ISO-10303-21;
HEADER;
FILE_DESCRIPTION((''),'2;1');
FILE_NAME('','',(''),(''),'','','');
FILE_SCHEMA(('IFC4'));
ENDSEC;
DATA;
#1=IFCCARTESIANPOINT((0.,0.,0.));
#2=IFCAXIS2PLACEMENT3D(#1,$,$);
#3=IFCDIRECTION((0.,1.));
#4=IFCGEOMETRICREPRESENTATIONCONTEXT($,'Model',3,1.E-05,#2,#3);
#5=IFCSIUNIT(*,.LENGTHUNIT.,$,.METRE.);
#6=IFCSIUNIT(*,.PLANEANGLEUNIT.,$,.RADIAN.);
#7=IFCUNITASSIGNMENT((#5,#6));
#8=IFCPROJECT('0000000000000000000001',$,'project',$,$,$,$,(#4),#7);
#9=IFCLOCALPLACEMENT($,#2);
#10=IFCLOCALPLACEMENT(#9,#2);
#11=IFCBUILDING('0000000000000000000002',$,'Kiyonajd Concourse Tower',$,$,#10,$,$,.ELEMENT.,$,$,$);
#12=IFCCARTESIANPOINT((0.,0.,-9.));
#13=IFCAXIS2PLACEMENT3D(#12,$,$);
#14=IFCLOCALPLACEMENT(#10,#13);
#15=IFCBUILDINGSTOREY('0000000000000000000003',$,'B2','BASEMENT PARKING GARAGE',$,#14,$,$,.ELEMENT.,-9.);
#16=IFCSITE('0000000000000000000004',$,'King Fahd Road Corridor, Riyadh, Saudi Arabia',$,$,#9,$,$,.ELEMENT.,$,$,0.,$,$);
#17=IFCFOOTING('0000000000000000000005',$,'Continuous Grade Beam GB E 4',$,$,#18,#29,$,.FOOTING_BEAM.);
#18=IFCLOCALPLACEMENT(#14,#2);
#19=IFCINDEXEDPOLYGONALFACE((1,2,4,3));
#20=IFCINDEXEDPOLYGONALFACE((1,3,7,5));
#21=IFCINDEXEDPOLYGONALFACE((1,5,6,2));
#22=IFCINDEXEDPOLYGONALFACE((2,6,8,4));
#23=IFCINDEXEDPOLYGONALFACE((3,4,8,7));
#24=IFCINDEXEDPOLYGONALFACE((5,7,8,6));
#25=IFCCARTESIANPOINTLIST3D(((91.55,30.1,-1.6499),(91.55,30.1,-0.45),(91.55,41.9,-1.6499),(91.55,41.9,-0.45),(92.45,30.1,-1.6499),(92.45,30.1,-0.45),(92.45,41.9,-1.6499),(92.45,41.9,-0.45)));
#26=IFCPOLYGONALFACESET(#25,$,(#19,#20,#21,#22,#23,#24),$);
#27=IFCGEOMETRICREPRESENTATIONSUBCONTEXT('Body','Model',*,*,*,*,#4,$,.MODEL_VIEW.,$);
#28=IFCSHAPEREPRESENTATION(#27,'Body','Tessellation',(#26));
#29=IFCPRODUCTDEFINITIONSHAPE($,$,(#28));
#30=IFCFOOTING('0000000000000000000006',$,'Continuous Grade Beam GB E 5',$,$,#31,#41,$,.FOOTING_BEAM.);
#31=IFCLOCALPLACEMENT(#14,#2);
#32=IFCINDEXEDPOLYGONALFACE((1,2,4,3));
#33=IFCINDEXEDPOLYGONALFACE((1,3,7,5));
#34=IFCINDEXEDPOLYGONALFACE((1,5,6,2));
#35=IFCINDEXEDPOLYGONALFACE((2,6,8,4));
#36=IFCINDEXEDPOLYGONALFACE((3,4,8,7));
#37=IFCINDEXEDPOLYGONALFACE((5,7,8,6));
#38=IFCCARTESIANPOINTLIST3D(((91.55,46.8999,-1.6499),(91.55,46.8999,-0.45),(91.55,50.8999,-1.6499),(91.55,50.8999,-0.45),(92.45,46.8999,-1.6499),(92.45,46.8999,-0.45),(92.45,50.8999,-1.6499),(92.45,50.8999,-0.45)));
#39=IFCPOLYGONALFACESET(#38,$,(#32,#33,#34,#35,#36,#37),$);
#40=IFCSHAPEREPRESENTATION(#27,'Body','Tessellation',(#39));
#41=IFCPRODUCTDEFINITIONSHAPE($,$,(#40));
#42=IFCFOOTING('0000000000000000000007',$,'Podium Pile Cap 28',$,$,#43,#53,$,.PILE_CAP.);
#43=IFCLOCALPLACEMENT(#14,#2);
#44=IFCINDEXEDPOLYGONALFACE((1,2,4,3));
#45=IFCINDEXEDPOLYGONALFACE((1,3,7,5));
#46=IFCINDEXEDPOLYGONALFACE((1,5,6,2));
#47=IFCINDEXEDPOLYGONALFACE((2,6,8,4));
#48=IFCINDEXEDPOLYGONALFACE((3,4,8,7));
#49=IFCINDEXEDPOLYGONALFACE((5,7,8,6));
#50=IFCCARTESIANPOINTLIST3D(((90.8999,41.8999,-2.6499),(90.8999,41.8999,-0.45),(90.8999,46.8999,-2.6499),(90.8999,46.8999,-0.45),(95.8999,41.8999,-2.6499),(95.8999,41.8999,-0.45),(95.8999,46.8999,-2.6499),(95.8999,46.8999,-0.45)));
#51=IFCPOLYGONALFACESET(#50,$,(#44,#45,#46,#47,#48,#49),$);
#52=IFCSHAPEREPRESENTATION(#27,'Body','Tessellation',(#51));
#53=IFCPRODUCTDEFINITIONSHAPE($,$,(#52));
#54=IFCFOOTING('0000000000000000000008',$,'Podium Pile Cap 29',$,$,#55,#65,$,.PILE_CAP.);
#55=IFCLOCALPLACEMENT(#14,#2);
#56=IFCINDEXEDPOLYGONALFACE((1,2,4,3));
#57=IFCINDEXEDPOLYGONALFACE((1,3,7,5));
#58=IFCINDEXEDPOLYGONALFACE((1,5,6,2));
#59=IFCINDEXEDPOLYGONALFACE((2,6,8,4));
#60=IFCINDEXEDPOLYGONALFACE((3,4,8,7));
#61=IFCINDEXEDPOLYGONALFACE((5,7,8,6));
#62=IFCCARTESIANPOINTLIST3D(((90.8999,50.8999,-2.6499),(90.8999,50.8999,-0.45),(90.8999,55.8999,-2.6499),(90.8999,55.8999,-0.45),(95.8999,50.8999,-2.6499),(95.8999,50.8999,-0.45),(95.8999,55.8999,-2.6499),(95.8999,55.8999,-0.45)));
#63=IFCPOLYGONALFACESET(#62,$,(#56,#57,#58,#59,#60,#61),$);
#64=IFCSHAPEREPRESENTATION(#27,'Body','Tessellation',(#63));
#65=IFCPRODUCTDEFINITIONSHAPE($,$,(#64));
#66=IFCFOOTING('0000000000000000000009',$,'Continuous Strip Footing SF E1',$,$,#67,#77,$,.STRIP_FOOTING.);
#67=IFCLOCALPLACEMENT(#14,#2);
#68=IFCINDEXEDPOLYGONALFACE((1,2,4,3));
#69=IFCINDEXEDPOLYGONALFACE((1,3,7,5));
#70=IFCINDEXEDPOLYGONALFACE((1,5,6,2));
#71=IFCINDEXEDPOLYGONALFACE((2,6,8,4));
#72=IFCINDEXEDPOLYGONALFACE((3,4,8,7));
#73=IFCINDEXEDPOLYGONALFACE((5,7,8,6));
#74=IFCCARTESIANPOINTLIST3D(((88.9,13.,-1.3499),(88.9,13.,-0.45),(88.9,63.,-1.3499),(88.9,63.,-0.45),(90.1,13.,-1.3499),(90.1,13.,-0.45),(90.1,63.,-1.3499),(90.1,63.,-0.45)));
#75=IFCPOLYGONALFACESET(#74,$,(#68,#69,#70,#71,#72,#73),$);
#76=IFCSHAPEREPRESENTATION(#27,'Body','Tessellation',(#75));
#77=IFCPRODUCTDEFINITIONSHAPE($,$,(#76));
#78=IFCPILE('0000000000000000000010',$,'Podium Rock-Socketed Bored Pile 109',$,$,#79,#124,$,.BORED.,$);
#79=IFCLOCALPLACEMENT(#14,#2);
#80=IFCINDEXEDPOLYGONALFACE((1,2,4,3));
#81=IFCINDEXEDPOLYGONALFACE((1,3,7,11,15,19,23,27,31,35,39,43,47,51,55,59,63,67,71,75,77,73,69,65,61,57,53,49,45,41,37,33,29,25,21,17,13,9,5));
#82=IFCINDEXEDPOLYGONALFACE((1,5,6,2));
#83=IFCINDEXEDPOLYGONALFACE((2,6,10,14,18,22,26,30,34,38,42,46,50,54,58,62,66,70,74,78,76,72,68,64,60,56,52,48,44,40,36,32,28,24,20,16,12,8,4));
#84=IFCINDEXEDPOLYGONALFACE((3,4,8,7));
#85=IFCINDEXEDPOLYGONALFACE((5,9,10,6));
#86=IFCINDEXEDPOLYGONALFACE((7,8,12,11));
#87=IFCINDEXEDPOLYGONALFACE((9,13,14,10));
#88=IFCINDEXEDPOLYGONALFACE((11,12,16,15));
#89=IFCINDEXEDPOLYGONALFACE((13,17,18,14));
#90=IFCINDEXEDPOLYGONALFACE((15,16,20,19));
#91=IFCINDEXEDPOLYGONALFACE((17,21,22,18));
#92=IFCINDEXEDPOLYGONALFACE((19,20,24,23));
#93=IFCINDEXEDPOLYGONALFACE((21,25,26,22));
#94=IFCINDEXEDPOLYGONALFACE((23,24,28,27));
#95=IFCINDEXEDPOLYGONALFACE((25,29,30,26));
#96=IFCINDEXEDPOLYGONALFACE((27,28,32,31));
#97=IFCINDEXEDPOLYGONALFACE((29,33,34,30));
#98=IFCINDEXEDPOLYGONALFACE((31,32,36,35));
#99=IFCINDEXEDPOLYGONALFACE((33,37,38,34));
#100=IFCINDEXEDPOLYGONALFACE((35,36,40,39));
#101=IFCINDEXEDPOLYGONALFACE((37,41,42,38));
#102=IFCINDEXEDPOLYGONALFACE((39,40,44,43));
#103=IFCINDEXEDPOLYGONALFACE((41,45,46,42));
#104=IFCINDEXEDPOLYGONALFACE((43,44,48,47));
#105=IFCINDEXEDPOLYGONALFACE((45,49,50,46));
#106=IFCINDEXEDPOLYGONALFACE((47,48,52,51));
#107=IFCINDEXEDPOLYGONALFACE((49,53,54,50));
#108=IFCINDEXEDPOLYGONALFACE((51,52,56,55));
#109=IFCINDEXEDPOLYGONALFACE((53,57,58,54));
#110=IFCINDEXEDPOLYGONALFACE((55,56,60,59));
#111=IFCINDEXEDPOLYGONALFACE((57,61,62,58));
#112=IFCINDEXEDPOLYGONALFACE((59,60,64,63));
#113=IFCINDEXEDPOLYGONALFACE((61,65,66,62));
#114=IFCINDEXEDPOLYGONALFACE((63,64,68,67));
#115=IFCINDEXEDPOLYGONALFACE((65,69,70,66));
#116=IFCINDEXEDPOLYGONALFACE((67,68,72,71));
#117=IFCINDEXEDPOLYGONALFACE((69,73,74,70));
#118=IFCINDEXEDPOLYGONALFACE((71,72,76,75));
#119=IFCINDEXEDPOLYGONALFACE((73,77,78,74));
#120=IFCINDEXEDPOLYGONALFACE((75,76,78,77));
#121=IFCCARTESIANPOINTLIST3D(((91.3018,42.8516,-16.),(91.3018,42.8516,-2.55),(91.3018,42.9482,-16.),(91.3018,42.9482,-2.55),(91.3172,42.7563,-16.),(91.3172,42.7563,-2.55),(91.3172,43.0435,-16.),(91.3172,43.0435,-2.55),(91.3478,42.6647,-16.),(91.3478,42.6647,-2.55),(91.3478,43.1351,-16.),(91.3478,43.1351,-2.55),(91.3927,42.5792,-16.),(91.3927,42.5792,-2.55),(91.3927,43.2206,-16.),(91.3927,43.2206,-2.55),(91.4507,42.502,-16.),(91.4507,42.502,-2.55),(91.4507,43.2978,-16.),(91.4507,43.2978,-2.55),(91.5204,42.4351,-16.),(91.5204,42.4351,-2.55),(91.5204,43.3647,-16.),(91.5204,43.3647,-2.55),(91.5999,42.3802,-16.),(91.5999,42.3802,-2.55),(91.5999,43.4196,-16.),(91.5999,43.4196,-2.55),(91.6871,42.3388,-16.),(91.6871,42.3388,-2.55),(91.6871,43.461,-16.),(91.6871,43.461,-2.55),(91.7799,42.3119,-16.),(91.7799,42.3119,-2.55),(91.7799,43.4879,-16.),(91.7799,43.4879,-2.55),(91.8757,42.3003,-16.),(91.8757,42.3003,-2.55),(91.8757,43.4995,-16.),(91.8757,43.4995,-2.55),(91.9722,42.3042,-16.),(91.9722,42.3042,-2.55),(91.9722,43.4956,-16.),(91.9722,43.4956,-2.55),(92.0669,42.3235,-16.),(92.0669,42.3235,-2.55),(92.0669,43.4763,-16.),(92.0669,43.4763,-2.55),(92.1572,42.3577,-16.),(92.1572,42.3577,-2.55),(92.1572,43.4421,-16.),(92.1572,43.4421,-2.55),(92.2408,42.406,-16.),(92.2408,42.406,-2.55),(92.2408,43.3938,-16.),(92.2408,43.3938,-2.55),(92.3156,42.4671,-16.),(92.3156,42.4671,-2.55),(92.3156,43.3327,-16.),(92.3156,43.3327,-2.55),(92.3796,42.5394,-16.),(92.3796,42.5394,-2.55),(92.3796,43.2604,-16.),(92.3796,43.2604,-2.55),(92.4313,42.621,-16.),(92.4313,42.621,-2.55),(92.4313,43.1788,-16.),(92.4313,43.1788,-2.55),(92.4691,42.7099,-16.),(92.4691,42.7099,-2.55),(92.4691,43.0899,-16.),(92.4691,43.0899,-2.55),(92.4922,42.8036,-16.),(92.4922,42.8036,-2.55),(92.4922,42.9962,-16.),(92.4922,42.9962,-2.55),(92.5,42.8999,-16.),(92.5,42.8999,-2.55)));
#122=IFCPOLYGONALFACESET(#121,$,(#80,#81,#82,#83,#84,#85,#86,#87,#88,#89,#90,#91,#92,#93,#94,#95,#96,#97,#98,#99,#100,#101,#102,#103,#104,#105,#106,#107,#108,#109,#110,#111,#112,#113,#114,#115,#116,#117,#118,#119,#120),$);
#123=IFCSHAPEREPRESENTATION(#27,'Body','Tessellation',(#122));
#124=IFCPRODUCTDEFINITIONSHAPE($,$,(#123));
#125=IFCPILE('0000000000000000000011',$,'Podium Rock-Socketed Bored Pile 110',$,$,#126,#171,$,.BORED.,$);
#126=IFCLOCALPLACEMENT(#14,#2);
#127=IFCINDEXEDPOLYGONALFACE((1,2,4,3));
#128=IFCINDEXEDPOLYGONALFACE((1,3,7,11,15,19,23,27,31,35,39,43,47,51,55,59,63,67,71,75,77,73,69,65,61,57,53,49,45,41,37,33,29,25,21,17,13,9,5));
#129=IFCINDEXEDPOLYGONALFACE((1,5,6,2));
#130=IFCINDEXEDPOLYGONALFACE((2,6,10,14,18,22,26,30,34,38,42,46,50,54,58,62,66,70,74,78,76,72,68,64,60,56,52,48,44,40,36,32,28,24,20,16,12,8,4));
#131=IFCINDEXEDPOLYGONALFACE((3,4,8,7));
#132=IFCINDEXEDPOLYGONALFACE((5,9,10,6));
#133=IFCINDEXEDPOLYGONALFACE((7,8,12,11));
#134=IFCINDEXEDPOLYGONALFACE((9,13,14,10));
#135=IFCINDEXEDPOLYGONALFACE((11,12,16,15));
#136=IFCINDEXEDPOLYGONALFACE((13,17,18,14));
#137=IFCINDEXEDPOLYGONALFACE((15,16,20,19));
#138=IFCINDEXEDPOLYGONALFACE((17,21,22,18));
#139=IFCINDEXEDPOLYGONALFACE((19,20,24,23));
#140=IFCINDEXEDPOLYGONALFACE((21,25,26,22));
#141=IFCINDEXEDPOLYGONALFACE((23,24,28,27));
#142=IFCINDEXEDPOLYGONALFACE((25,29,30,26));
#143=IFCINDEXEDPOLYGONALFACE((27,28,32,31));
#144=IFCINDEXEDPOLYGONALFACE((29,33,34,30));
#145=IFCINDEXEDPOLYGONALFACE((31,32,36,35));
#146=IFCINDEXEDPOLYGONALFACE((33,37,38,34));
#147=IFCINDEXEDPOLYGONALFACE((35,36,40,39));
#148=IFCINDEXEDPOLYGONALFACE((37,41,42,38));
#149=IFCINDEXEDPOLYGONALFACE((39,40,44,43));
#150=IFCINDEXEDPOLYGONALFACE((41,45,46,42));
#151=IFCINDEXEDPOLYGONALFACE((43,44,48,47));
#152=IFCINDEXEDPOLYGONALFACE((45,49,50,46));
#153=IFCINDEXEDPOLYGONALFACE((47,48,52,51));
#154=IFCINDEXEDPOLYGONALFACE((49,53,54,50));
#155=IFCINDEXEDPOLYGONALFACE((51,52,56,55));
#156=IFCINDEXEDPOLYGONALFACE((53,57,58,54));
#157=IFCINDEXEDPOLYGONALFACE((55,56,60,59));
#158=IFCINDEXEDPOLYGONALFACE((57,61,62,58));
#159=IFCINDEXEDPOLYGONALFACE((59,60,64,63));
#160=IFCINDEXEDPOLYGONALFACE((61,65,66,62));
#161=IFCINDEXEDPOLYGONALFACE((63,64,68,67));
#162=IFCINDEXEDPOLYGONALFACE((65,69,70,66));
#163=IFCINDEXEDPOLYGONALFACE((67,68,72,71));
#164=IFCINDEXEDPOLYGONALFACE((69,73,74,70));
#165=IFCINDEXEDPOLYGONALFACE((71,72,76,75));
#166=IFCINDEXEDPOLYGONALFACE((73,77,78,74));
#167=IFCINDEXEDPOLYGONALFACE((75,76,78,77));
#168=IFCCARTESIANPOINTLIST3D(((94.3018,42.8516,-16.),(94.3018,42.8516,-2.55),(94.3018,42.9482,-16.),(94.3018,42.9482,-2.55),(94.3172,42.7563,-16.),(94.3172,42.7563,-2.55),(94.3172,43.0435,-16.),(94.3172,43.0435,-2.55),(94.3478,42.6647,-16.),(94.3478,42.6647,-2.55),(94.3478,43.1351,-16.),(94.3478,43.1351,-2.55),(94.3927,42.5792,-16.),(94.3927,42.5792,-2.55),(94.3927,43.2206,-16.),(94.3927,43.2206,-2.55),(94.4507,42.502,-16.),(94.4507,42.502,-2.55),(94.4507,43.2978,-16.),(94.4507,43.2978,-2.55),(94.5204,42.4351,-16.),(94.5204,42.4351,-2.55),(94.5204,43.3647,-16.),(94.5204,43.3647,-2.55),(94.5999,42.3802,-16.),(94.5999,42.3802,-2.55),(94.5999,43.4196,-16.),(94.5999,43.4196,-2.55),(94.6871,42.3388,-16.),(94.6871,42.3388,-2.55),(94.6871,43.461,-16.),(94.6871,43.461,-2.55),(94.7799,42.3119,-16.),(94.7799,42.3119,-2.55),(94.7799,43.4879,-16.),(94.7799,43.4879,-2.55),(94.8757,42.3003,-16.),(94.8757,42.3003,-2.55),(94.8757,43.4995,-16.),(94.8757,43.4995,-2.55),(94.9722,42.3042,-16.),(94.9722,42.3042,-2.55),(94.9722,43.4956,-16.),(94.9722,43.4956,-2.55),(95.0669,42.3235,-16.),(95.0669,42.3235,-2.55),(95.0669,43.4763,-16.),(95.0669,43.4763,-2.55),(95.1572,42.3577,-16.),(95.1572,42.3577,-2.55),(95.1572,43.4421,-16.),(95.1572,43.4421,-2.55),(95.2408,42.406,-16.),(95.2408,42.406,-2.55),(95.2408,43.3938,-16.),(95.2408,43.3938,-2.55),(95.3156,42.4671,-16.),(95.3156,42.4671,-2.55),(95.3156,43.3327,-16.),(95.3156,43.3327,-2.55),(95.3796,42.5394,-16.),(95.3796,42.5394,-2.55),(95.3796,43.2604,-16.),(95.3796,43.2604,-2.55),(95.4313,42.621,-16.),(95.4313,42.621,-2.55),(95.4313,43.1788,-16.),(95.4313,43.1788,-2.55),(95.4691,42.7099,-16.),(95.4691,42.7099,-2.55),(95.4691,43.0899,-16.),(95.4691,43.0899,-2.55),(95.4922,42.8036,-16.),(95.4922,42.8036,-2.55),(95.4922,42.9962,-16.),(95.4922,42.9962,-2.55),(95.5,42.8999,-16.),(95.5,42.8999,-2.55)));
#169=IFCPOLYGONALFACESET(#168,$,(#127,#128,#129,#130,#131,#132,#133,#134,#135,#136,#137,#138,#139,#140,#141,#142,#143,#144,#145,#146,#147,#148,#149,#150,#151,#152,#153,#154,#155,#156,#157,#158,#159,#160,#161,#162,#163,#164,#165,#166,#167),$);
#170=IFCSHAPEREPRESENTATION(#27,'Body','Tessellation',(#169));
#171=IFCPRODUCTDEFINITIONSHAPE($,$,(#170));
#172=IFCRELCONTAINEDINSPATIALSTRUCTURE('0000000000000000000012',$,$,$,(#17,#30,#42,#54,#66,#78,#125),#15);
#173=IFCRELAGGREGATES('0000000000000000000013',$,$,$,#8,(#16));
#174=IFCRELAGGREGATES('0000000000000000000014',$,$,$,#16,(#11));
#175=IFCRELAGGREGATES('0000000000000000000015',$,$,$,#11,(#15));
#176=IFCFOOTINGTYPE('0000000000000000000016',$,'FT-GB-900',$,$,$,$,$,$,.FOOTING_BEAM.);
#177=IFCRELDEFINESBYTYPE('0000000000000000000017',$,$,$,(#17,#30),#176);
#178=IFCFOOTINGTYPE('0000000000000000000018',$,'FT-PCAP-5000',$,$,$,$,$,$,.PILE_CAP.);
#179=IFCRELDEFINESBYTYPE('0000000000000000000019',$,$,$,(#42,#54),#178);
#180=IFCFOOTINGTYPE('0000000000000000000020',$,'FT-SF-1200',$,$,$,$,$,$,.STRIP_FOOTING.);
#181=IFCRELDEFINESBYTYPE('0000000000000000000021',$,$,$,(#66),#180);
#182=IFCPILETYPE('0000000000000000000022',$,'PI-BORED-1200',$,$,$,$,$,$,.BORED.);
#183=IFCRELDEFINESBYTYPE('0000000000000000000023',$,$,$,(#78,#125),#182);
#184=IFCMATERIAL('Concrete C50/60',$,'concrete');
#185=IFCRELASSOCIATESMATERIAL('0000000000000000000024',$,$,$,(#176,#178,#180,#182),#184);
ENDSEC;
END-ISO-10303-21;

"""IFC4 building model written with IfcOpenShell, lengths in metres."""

from ifc_helpers import new_model, si_unit, direction, frame, origin, origin_2d, place, context, subcontext, project, spatial, rectangle, circle, extrude, material, material_profile, profile_set, type_object, element, save


model = new_model("IFC4")

# Units and contexts
model_context = context("Model", 3, precision=1e-05, world=origin(), true_north=direction((0.0, 1.0)))
body_context = subcontext(model_context, "Body", "Model", "MODEL_VIEW")
ifc_project = project(units=[si_unit("LENGTHUNIT", "METRE"), si_unit("PLANEANGLEUNIT", "RADIAN")], contexts=[model_context])

# Site, building, storey
site_placement = place(None, origin())
site = spatial("IfcSite", under=ifc_project, at=site_placement, Name="King Fahd Road Corridor, Riyadh, Saudi Arabia", CompositionType="ELEMENT", RefElevation=0.0)
building_placement = place(site_placement, origin())
building = spatial("IfcBuilding", under=site, at=building_placement, Name="Kiyonajd Concourse Tower", CompositionType="ELEMENT")
storey_placement = place(building_placement, frame((0.0, 0.0, -9.0)))
storey = spatial("IfcBuildingStorey", under=building, at=storey_placement, Name="B2", Description="BASEMENT PARKING GARAGE", CompositionType="ELEMENT", Elevation=-9.0)

# Footings
ifc_material_1 = material(Name="Concrete C50/60", Category="concrete")
footing_type_1 = type_object("IfcFootingType", Name="FT-GB-900", PredefinedType="FOOTING_BEAM", material=ifc_material_1)
footing_1_placement = place(storey_placement, frame((92.0, 36.0, -1.6499), z_axis=(0.0, 0.0, 1.0), x_axis=(0.0, 1.0, 0.0)))
element("IfcFooting", 1, at=footing_1_placement, inside=storey, type_object=footing_type_1, Name="Continuous Grade Beam GB E 4", PredefinedType="FOOTING_BEAM", context=body_context, shape_type="SweptSolid", body=[
    extrude(rectangle(XDim=11.8, YDim=0.8999, at=origin_2d()), origin(), (0.0, 0.0, 1.0), 1.2),
])
footing_2_placement = place(storey_placement, frame((92.0, 48.8999, -1.6499), z_axis=(0.0, 0.0, 1.0), x_axis=(0.0, 1.0, 0.0)))
element("IfcFooting", 2, at=footing_2_placement, inside=storey, type_object=footing_type_1, Name="Continuous Grade Beam GB E 5", PredefinedType="FOOTING_BEAM", context=body_context, shape_type="SweptSolid", body=[
    extrude(rectangle(XDim=4.0, YDim=0.8999, at=origin_2d()), origin(), (0.0, 0.0, 1.0), 1.2),
])
footing_type_2 = type_object("IfcFootingType", Name="FT-PCAP-5000", PredefinedType="PILE_CAP", material=ifc_material_1)
for number, where, z_axis, x_axis, name in (
    (3, (93.3999, 44.3999, -2.6499), (0.0, 0.0, 1.0), (1.0, 0.0, 0.0), "Podium Pile Cap 28"),
    (4, (93.3999, 53.3999, -2.6499), (0.0, 0.0, 1.0), (1.0, 0.0, 0.0), "Podium Pile Cap 29"),
):
    element("IfcFooting", number, at=place(storey_placement, frame(where, z_axis=z_axis, x_axis=x_axis)), inside=storey, type_object=footing_type_2, Name=name, PredefinedType="PILE_CAP", context=body_context, shape_type="SweptSolid", body=[
        extrude(rectangle(XDim=5.0, YDim=5.0, at=origin_2d()), origin(), (0.0, 0.0, 1.0), 2.2),
    ])
footing_type_3 = type_object("IfcFootingType", Name="FT-SF-1200", PredefinedType="STRIP_FOOTING", material=ifc_material_1)
footing_3_placement = place(storey_placement, frame((89.5, 38.0, -1.3499), z_axis=(0.0, 0.0, 1.0), x_axis=(0.0, 1.0, 0.0)))
element("IfcFooting", 5, at=footing_3_placement, inside=storey, type_object=footing_type_3, Name="Continuous Strip Footing SF E1", PredefinedType="STRIP_FOOTING", context=body_context, shape_type="SweptSolid", body=[
    extrude(rectangle(XDim=50.0, YDim=1.2, at=origin_2d()), origin(), (0.0, 0.0, 1.0), 0.8999),
])

# Piles
ifc_material_profile_1 = material_profile(ifc_material_1, circle(Radius=0.6001, at=origin_2d()), Name="PILE-D1200")
ifc_profile_set_1 = profile_set([ifc_material_profile_1], Name="Concrete C50/60")
pile_type = type_object("IfcPileType", Name="PI-BORED-1200", PredefinedType="BORED", material=ifc_profile_set_1)
for number, where, z_axis, x_axis, name in (
    (6, (91.8999, 42.8999, -2.55), (0.0, 0.0, -1.0), (1.0, 0.0, 0.0), "Podium Rock-Socketed Bored Pile 109"),
    (7, (94.8999, 42.8999, -2.55), (0.0, 0.0, -1.0), (1.0, 0.0, 0.0), "Podium Rock-Socketed Bored Pile 110"),
):
    element("IfcPile", number, at=place(storey_placement, frame(where, z_axis=z_axis, x_axis=x_axis)), inside=storey, type_object=pile_type, Name=name, PredefinedType="BORED", context=body_context, shape_type="SweptSolid", body=[
        extrude(circle(Radius=0.6001, at=origin_2d()), origin(), (0.0, 0.0, 1.0), 13.45),
    ])

save(model, "model.ifc")
